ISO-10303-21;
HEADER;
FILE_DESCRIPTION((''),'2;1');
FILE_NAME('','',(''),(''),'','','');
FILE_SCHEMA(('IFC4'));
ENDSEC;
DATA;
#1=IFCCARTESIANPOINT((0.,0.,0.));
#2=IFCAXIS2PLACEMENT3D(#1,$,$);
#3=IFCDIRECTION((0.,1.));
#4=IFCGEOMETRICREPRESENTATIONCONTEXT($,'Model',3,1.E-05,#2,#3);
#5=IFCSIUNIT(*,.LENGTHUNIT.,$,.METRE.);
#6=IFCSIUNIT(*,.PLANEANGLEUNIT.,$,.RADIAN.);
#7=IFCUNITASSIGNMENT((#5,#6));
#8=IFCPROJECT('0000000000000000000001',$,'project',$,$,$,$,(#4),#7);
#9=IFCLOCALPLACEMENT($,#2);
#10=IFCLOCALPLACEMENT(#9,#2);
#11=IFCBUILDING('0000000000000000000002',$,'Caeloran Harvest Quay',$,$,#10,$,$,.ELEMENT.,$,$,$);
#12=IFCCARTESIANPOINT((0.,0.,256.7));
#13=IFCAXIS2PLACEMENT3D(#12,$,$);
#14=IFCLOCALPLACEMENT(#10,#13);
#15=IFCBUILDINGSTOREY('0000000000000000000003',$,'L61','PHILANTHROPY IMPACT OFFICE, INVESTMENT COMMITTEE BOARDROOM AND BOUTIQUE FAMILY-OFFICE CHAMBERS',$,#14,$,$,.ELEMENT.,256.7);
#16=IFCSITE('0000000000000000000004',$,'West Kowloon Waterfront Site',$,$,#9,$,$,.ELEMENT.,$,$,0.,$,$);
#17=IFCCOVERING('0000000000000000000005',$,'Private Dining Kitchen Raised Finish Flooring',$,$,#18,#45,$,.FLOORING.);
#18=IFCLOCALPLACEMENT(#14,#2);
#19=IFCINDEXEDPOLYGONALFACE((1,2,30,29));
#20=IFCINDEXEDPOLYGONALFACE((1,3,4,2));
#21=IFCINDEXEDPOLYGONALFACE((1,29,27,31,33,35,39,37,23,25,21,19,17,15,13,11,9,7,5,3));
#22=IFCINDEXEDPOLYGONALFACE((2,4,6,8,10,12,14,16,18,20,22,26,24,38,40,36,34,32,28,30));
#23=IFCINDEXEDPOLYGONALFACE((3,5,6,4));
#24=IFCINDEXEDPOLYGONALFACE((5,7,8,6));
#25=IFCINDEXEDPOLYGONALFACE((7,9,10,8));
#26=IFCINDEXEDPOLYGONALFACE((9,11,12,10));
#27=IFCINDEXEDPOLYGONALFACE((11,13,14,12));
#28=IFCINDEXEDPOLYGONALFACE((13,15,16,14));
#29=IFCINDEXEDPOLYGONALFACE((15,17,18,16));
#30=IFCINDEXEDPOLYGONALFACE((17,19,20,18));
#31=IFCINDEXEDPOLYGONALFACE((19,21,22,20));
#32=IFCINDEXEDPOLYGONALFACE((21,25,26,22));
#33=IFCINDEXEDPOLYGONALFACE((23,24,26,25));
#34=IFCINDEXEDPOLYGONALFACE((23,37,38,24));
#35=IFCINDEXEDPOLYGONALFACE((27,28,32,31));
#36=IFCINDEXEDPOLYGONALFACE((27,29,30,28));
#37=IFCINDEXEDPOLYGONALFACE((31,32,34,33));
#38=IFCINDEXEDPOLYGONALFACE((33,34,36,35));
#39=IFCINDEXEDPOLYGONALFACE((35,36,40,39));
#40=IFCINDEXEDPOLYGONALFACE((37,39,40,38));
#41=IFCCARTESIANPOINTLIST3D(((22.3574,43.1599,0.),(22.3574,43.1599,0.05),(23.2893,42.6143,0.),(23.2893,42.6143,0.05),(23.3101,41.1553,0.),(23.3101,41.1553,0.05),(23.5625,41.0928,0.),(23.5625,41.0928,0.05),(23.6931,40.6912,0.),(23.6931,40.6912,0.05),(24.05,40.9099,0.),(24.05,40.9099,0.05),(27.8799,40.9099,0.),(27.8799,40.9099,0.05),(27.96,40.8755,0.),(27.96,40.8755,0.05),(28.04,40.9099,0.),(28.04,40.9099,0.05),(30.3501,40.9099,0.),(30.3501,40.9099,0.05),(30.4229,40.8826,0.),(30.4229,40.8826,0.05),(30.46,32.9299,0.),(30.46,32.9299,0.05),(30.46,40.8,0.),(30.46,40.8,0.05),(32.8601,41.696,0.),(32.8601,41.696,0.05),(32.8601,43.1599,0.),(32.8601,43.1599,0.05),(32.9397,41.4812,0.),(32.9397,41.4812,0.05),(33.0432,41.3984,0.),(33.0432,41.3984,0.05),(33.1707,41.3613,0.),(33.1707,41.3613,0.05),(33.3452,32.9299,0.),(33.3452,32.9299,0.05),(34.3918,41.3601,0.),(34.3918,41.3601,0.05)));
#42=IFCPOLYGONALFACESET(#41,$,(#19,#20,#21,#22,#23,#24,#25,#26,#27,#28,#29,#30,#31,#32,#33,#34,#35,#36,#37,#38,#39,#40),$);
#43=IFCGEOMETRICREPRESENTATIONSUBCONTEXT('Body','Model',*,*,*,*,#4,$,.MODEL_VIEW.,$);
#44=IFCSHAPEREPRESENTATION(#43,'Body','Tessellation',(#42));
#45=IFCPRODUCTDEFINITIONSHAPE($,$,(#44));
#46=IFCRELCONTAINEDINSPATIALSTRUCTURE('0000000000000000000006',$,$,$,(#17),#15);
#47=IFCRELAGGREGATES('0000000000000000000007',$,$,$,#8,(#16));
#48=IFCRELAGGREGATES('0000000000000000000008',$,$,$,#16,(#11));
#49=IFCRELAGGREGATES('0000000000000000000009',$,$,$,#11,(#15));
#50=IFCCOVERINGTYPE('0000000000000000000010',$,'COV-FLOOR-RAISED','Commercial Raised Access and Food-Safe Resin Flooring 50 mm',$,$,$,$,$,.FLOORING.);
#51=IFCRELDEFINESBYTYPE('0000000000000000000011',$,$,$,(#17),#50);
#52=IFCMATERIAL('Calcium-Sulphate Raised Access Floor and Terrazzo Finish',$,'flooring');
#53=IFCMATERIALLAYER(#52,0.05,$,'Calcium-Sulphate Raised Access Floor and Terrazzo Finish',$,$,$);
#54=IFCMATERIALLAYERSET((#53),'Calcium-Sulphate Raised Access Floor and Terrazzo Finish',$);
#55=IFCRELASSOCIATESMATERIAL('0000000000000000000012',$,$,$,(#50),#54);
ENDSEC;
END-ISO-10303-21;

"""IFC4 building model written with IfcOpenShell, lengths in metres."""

from ifc_helpers import new_model, si_unit, direction, frame, origin, place, context, subcontext, project, spatial, polyline, outline, extrude, material, layer, layer_set, type_object, element, save


model = new_model("IFC4")

# Units and contexts
model_context = context("Model", 3, precision=1e-05, world=origin(), true_north=direction((0.0, 1.0)))
body_context = subcontext(model_context, "Body", "Model", "MODEL_VIEW")
ifc_project = project(units=[si_unit("LENGTHUNIT", "METRE"), si_unit("PLANEANGLEUNIT", "RADIAN")], contexts=[model_context])

# Site, building, storey
site_placement = place(None, origin())
site = spatial("IfcSite", under=ifc_project, at=site_placement, Name="West Kowloon Waterfront Site", CompositionType="ELEMENT", RefElevation=0.0)
building_placement = place(site_placement, origin())
building = spatial("IfcBuilding", under=site, at=building_placement, Name="Caeloran Harvest Quay", CompositionType="ELEMENT")
storey_placement = place(building_placement, frame((0.0, 0.0, 256.7)))
storey = spatial("IfcBuildingStorey", under=building, at=storey_placement, Name="L61", Description="PHILANTHROPY IMPACT OFFICE, INVESTMENT COMMITTEE BOARDROOM AND BOUTIQUE FAMILY-OFFICE CHAMBERS", CompositionType="ELEMENT", Elevation=256.7)

# Covering
ifc_material_1 = material(Name="Calcium-Sulphate Raised Access Floor and Terrazzo Finish", Category="flooring")
ifc_layer_1 = layer(ifc_material_1, 0.05, Name="Calcium-Sulphate Raised Access Floor and Terrazzo Finish")
ifc_layer_set_1 = layer_set([ifc_layer_1], Name="Calcium-Sulphate Raised Access Floor and Terrazzo Finish")
covering_type_1 = type_object("IfcCoveringType", Name="COV-FLOOR-RAISED", Description="Commercial Raised Access and Food-Safe Resin Flooring 50 mm", PredefinedType="FLOORING", material=ifc_layer_set_1)
covering_1_placement = place(storey_placement, origin())
element("IfcCovering", 1, at=covering_1_placement, inside=storey, type_object=covering_type_1, Name="Private Dining Kitchen Raised Finish Flooring", PredefinedType="FLOORING", context=body_context, shape_type="SweptSolid", body=[
    extrude(outline(polyline([(24.05, 40.9099), (23.6931, 40.6912), (23.5625, 41.0928), (23.3101, 41.1553), (23.2893, 42.6143), (22.3574, 43.1599), (32.8601, 43.1599), (32.8601, 41.696), (32.9397, 41.4812), (33.0432, 41.3984), (33.1707, 41.3613), (34.3918, 41.3601), (33.3452, 32.9299), (30.46, 32.9299), (30.46, 40.8), (30.4229, 40.8826), (30.3501, 40.9099), (28.04, 40.9099), (27.96, 40.8755), (27.8799, 40.9099), (24.05, 40.9099)])), origin(), (0.0, 0.0, 1.0), 0.05),
])

save(model, "model.ifc")
